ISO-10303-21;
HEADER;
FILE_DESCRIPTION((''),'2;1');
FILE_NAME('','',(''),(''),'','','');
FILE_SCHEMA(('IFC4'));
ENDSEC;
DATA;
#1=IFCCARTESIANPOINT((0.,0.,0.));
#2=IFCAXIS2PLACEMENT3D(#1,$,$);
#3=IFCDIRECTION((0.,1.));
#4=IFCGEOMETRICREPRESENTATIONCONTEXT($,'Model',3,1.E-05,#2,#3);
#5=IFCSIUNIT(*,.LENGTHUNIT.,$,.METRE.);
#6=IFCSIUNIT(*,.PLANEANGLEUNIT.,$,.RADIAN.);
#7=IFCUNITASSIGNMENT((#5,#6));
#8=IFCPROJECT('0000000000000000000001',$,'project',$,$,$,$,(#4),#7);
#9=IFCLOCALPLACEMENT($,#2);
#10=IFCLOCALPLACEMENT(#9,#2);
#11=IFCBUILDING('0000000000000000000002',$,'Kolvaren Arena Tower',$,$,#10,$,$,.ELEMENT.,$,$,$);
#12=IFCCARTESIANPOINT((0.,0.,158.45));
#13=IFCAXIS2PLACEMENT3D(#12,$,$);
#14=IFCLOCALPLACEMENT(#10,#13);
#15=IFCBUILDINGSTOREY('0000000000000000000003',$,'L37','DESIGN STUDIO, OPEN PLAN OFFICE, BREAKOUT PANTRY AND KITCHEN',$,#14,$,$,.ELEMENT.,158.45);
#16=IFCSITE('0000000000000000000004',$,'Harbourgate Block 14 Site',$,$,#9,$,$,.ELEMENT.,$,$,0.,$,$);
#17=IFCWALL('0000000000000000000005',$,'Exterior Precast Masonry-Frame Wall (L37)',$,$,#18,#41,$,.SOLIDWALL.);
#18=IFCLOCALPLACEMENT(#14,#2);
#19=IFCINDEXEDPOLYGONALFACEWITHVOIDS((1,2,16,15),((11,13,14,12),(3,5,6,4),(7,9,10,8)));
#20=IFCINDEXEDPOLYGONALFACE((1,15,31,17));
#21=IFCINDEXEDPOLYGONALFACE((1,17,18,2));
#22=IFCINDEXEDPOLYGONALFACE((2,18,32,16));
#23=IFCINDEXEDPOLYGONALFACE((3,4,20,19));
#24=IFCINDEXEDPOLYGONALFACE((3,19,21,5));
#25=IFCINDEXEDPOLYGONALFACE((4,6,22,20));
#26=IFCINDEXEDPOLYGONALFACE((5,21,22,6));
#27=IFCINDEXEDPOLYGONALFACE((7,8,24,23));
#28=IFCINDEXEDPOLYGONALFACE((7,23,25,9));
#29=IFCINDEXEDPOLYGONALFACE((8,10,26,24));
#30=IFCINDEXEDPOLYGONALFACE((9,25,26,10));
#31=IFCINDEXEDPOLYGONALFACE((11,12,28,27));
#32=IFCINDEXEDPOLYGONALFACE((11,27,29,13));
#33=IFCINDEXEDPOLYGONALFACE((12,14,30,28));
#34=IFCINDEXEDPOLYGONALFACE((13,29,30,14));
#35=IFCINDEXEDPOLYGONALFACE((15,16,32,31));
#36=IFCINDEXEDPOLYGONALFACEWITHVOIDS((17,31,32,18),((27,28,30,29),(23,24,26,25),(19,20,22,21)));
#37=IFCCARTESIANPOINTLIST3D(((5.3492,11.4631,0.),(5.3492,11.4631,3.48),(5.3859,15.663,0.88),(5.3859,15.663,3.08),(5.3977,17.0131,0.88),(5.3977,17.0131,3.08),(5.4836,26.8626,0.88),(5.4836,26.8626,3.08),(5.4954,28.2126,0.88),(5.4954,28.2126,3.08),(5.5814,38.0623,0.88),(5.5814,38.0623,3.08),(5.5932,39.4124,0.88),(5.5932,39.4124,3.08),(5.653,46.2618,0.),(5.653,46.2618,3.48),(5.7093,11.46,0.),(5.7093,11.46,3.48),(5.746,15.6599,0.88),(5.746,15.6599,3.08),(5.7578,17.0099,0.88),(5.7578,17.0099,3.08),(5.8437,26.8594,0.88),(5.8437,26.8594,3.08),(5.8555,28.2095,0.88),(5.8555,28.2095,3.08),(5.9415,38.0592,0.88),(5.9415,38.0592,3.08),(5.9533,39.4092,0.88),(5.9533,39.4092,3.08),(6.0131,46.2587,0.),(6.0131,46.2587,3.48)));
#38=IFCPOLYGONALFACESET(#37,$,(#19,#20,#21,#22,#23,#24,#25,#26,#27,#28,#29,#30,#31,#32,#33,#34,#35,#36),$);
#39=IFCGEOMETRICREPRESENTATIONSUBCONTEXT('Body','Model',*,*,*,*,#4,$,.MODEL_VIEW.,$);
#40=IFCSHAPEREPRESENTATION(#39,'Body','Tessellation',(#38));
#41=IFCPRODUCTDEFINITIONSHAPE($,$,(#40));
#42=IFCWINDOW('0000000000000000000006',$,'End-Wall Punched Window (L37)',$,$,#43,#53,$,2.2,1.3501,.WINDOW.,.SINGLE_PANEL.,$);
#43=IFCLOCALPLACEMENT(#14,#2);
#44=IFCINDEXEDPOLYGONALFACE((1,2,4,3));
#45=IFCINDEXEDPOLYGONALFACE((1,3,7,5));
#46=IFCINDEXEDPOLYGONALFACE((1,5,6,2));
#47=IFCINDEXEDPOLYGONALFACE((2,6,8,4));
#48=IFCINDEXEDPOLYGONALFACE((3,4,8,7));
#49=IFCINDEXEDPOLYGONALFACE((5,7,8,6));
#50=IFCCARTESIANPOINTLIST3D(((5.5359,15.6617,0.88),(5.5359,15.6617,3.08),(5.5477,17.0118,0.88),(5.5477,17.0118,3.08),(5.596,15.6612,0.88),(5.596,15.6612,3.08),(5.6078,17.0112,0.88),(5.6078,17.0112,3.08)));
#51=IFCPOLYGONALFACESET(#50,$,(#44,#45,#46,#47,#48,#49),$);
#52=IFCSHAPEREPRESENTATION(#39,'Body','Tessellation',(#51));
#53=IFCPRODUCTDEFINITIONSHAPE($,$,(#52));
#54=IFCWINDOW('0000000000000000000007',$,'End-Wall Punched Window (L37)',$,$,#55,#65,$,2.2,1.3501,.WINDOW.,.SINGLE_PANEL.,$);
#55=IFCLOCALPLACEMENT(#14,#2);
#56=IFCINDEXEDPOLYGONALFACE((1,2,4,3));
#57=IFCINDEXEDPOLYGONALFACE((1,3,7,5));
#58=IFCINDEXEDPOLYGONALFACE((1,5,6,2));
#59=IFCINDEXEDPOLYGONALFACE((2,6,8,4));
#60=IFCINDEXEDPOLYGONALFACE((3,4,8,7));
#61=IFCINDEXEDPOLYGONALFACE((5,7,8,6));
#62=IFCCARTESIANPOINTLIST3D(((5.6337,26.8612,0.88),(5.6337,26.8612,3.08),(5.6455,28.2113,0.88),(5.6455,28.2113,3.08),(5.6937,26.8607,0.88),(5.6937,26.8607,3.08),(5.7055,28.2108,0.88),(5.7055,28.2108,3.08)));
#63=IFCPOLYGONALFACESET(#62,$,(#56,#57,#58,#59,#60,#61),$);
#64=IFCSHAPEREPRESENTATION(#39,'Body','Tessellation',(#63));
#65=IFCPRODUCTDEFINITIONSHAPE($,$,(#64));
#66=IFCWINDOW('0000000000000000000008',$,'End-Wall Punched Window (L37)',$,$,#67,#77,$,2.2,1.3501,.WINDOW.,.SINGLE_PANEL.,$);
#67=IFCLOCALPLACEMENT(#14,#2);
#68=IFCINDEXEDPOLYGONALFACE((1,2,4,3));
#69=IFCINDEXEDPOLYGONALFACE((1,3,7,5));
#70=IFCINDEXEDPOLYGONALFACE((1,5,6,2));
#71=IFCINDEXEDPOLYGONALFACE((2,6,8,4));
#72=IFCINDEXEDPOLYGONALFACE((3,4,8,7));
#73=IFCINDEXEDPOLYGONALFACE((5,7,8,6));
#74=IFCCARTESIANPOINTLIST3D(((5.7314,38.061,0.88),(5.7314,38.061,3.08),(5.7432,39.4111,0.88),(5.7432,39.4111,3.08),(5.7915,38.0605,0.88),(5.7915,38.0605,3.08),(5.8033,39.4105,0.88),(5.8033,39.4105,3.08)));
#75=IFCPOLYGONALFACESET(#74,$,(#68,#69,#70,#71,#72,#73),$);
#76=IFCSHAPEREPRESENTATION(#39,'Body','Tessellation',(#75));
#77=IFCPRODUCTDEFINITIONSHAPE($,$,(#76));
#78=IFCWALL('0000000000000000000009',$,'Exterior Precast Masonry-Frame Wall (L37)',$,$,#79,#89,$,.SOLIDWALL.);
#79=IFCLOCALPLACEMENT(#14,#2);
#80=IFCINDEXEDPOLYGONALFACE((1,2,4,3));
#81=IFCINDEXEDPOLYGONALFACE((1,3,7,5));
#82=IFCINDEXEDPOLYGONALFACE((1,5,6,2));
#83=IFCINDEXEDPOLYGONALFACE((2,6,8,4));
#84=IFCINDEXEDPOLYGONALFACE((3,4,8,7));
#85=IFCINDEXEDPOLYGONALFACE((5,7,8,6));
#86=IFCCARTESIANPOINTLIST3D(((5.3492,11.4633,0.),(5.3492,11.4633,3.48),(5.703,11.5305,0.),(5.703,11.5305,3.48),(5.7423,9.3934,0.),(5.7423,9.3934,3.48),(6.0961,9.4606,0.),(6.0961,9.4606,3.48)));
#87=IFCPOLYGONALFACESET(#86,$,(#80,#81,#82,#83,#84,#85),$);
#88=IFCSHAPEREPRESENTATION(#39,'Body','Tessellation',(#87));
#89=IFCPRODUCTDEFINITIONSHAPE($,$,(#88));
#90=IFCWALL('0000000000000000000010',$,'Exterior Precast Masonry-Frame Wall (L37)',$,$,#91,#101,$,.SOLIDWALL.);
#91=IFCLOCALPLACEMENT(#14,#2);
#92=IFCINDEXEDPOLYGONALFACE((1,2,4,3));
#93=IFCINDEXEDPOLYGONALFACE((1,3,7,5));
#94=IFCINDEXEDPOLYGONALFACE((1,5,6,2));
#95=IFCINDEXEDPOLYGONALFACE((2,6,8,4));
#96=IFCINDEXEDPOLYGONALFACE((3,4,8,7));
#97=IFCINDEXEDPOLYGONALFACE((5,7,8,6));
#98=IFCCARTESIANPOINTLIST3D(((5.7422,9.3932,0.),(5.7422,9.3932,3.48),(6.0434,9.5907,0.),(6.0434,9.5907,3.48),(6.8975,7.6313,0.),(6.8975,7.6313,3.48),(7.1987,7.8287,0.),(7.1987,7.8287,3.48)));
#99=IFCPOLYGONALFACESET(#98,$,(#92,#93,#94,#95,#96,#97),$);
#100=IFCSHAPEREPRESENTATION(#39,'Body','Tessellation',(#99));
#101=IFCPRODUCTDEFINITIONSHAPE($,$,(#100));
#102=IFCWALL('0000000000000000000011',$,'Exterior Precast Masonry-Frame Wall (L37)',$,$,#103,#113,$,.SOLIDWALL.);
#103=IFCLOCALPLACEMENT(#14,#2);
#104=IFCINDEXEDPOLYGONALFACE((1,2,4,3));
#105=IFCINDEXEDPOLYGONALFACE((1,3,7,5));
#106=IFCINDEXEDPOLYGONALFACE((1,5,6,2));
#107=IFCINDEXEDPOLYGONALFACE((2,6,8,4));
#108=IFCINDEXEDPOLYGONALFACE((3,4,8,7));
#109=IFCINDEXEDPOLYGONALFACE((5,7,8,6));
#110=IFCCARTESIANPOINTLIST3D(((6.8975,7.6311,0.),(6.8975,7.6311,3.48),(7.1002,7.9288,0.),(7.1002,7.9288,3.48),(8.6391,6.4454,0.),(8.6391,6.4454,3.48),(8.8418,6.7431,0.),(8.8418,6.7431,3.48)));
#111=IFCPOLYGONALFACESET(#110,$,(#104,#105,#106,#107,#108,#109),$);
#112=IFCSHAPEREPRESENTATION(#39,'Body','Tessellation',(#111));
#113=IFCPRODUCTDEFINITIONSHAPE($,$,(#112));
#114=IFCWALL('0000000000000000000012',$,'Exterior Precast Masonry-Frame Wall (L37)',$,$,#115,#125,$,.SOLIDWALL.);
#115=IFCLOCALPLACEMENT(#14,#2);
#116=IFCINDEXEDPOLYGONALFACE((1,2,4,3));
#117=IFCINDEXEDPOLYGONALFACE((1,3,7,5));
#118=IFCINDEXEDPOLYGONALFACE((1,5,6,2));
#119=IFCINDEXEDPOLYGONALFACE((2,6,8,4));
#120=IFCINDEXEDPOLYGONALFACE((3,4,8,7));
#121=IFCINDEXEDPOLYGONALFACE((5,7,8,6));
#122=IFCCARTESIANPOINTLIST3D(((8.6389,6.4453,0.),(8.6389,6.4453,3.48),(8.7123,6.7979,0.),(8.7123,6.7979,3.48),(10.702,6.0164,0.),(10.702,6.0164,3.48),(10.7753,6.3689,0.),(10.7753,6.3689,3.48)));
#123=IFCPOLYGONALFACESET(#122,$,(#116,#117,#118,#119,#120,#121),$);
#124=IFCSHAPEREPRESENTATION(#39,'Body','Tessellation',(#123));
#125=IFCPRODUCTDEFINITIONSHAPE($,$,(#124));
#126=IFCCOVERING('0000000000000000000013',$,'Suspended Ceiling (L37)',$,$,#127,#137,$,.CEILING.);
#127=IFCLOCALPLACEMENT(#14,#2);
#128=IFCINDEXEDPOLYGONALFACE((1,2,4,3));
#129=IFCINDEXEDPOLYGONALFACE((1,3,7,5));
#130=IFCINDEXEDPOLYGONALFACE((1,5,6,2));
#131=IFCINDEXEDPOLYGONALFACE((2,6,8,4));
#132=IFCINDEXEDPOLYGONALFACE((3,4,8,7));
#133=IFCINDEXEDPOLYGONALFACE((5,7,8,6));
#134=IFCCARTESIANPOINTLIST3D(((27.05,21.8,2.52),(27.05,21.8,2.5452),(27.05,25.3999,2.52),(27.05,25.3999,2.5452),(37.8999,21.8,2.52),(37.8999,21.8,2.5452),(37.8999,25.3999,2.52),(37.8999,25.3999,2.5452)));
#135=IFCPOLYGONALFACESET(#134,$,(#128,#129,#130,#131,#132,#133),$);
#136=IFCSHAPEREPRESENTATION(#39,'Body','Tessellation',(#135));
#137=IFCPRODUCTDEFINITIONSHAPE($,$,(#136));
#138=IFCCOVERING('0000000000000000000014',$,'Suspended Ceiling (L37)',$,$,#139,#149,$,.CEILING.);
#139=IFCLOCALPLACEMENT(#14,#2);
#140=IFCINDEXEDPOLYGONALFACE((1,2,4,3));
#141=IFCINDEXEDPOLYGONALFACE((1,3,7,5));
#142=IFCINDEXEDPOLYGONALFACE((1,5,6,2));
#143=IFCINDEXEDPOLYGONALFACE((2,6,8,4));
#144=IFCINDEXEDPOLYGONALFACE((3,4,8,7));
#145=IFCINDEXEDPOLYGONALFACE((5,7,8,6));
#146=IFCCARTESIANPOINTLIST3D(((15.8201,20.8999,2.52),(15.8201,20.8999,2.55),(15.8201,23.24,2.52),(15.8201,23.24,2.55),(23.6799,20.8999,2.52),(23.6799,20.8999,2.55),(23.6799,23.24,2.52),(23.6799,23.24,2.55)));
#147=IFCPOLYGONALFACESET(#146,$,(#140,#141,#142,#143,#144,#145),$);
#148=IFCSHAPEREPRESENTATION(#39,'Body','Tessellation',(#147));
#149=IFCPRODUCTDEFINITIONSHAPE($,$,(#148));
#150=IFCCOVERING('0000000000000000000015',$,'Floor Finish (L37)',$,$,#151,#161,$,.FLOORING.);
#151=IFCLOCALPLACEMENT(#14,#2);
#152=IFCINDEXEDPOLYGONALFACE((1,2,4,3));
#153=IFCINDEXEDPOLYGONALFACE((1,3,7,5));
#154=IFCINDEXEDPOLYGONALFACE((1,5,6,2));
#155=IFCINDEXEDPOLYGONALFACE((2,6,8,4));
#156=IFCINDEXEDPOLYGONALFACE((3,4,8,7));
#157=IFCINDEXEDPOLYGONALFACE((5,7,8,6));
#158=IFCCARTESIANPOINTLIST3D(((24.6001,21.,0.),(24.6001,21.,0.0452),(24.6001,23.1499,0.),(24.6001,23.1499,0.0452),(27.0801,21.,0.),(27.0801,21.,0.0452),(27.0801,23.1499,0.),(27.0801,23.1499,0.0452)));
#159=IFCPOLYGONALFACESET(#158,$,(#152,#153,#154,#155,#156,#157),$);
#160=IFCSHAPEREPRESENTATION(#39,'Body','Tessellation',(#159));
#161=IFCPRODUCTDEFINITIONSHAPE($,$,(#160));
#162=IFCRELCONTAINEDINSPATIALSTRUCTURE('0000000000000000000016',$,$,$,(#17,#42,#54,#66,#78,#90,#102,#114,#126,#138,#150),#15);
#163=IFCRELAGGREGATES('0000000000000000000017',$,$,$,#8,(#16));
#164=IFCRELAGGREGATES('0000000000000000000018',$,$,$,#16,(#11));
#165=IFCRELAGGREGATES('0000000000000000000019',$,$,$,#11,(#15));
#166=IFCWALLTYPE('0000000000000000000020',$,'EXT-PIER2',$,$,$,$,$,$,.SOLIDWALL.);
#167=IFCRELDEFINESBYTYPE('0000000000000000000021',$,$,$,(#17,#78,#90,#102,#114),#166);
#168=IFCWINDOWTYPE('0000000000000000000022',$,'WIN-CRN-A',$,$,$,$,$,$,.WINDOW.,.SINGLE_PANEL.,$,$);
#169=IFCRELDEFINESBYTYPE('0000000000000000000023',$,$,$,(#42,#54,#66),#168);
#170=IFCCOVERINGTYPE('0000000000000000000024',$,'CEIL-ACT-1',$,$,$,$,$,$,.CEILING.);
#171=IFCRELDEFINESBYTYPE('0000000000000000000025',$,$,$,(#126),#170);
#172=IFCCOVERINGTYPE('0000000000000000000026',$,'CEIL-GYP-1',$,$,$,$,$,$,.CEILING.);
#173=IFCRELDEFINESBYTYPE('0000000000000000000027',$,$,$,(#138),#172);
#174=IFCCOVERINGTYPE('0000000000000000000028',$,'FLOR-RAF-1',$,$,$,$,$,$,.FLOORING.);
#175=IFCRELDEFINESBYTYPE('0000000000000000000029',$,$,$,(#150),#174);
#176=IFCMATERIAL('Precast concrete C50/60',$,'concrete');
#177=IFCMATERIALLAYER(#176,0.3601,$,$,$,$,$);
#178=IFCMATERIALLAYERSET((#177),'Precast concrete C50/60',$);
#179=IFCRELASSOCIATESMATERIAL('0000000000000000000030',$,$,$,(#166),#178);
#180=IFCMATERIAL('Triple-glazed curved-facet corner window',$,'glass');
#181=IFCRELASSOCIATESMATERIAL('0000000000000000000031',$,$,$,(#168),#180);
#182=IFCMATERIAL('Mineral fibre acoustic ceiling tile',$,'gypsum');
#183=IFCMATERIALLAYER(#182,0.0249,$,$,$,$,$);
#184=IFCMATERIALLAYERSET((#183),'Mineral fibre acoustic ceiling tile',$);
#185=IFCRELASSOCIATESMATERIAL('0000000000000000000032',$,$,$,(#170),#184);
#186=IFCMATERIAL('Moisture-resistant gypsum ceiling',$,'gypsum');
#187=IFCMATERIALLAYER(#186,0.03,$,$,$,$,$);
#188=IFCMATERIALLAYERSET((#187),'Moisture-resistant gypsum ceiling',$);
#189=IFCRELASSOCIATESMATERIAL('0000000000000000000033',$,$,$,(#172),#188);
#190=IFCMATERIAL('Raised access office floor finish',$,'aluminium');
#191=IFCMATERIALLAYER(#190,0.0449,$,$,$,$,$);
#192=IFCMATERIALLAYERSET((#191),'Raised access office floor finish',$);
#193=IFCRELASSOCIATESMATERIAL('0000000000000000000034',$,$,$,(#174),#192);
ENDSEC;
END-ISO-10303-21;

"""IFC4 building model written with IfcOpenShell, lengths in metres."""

from ifc_helpers import new_model, si_unit, direction, frame, frame_2d, origin, place, context, subcontext, project, spatial, polyline, rectangle, outline, extrude, material, layer, layer_set, type_object, element, fill, save


model = new_model("IFC4")

# Units and contexts
model_context = context("Model", 3, precision=1e-05, world=origin(), true_north=direction((0.0, 1.0)))
body_context = subcontext(model_context, "Body", "Model", "MODEL_VIEW")
ifc_project = project(units=[si_unit("LENGTHUNIT", "METRE"), si_unit("PLANEANGLEUNIT", "RADIAN")], contexts=[model_context])

# Site, building, storey
site_placement = place(None, origin())
site = spatial("IfcSite", under=ifc_project, at=site_placement, Name="Harbourgate Block 14 Site", CompositionType="ELEMENT", RefElevation=0.0)
building_placement = place(site_placement, origin())
building = spatial("IfcBuilding", under=site, at=building_placement, Name="Kolvaren Arena Tower", CompositionType="ELEMENT")
storey_placement = place(building_placement, frame((0.0, 0.0, 158.45)))
storey = spatial("IfcBuildingStorey", under=building, at=storey_placement, Name="L37", Description="DESIGN STUDIO, OPEN PLAN OFFICE, BREAKOUT PANTRY AND KITCHEN", CompositionType="ELEMENT", Elevation=158.45)

# Wall, openings, windows
ifc_material_1 = material(Name="Precast concrete C50/60", Category="concrete")
ifc_layer_1 = layer(ifc_material_1, 0.3601)
ifc_layer_set_1 = layer_set([ifc_layer_1], Name="Precast concrete C50/60")
wall_type = type_object("IfcWallType", Name="EXT-PIER2", PredefinedType="SOLIDWALL", material=ifc_layer_set_1)
wall_1_placement = place(storey_placement, frame((5.5293, 11.4617, 0.0), z_axis=(0.0, 0.0, 1.0), x_axis=(0.008727, 0.999962, 0.0)))
wall_1 = element("IfcWall", 1, at=wall_1_placement, inside=storey, type_object=wall_type, Name="Exterior Precast Masonry-Frame Wall (L37)", PredefinedType="SOLIDWALL", context=body_context, shape_type="SweptSolid", body=[
    extrude(rectangle(XDim=34.8, YDim=0.3601, at=frame_2d((17.3999, 0.0))), origin(), (0.0, 0.0, 1.0), 3.48),
])
opening_1_placement = place(wall_1_placement, frame((4.2, 0.0, 0.8799)))
opening_1 = element("IfcOpeningElement", 2, at=opening_1_placement, cuts=wall_1, PredefinedType="OPENING", context=body_context, shape_type="SweptSolid", body=[
    extrude(rectangle(XDim=1.3501, YDim=2.2, at=frame_2d((0.675, 1.1001))), frame((0.0, 0.1899, 0.0), z_axis=(0.0, -1.0, 0.0), x_axis=(1.0, 0.0, 0.0)), (0.0, 0.0, 1.0), 0.3801),
])
opening_2_placement = place(wall_1_placement, frame((15.3999, 0.0, 0.8799)))
opening_2 = element("IfcOpeningElement", 3, at=opening_2_placement, cuts=wall_1, PredefinedType="OPENING", context=body_context, shape_type="SweptSolid", body=[
    extrude(rectangle(XDim=1.3501, YDim=2.2, at=frame_2d((0.675, 1.1001))), frame((0.0, 0.1899, 0.0), z_axis=(0.0, -1.0, 0.0), x_axis=(1.0, 0.0, 0.0)), (0.0, 0.0, 1.0), 0.3801),
])
opening_3_placement = place(wall_1_placement, frame((26.6001, 0.0, 0.8799)))
opening_3 = element("IfcOpeningElement", 4, at=opening_3_placement, cuts=wall_1, PredefinedType="OPENING", context=body_context, shape_type="SweptSolid", body=[
    extrude(rectangle(XDim=1.3501, YDim=2.2, at=frame_2d((0.675, 1.1001))), frame((0.0, 0.1899, 0.0), z_axis=(0.0, -1.0, 0.0), x_axis=(1.0, 0.0, 0.0)), (0.0, 0.0, 1.0), 0.3801),
])
ifc_material_2 = material(Name="Triple-glazed curved-facet corner window", Category="glass")
window_type = type_object("IfcWindowType", Name="WIN-CRN-A", PartitioningType="SINGLE_PANEL", PredefinedType="WINDOW", material=ifc_material_2)
window_1_placement = place(opening_1_placement, origin())
window_1 = element("IfcWindow", 5, at=window_1_placement, inside=storey, type_object=window_type, Name="End-Wall Punched Window (L37)", OverallHeight=2.2, OverallWidth=1.3501, PartitioningType="SINGLE_PANEL", PredefinedType="WINDOW", context=body_context, shape_type="SweptSolid", body=[
    extrude(rectangle(XDim=1.3501, YDim=2.2, at=frame_2d((0.675, 1.1001))), frame((0.0, 0.03, 0.0), z_axis=(0.0, -1.0, 0.0), x_axis=(1.0, 0.0, 0.0)), (0.0, 0.0, 1.0), 0.0601),
])
fill(opening_1, window_1)
window_2_placement = place(opening_2_placement, origin())
window_2 = element("IfcWindow", 6, at=window_2_placement, inside=storey, type_object=window_type, Name="End-Wall Punched Window (L37)", OverallHeight=2.2, OverallWidth=1.3501, PartitioningType="SINGLE_PANEL", PredefinedType="WINDOW", context=body_context, shape_type="SweptSolid", body=[
    extrude(rectangle(XDim=1.3501, YDim=2.2, at=frame_2d((0.675, 1.1001))), frame((0.0, 0.03, 0.0), z_axis=(0.0, -1.0, 0.0), x_axis=(1.0, 0.0, 0.0)), (0.0, 0.0, 1.0), 0.0601),
])
fill(opening_2, window_2)
window_3_placement = place(opening_3_placement, origin())
window_3 = element("IfcWindow", 7, at=window_3_placement, inside=storey, type_object=window_type, Name="End-Wall Punched Window (L37)", OverallHeight=2.2, OverallWidth=1.3501, PartitioningType="SINGLE_PANEL", PredefinedType="WINDOW", context=body_context, shape_type="SweptSolid", body=[
    extrude(rectangle(XDim=1.3501, YDim=2.2, at=frame_2d((0.675, 1.1001))), frame((0.0, 0.03, 0.0), z_axis=(0.0, -1.0, 0.0), x_axis=(1.0, 0.0, 0.0)), (0.0, 0.0, 1.0), 0.0601),
])
fill(opening_3, window_3)

# Walls
for number, where, z_axis, x_axis, name in (
    (8, (5.9192, 9.427, 0.0), (0.0, 0.0, 1.0), (-0.186569, 0.982442, 0.0), "Exterior Precast Masonry-Frame Wall (L37)"),
    (9, (7.0481, 7.73, 0.0), (0.0, 0.0, 1.0), (-0.54832, 0.836269, 0.0), "Exterior Precast Masonry-Frame Wall (L37)"),
    (10, (8.7405, 6.5942, 0.0), (0.0, 0.0, 1.0), (-0.82661, 0.562776, 0.0), "Exterior Precast Masonry-Frame Wall (L37)"),
):
    element("IfcWall", number, at=place(storey_placement, frame(where, z_axis=z_axis, x_axis=x_axis)), inside=storey, type_object=wall_type, Name=name, PredefinedType="SOLIDWALL", context=body_context, shape_type="SweptSolid", body=[
        extrude(rectangle(XDim=2.1069, YDim=0.3601, at=frame_2d((1.0535, 0.0))), origin(), (0.0, 0.0, 1.0), 3.48),
    ])
wall_2_placement = place(storey_placement, frame((10.7388, 6.1926, 0.0), z_axis=(0.0, 0.0, 1.0), x_axis=(-0.979059, 0.203575, 0.0)))
element("IfcWall", 11, at=wall_2_placement, inside=storey, type_object=wall_type, Name="Exterior Precast Masonry-Frame Wall (L37)", PredefinedType="SOLIDWALL", context=body_context, shape_type="SweptSolid", body=[
    extrude(rectangle(XDim=2.1072, YDim=0.3601, at=frame_2d((1.0537, 0.0))), origin(), (0.0, 0.0, 1.0), 3.48),
])

# Coverings
ifc_material_3 = material(Name="Mineral fibre acoustic ceiling tile", Category="gypsum")
ifc_layer_2 = layer(ifc_material_3, 0.0249)
ifc_layer_set_2 = layer_set([ifc_layer_2], Name="Mineral fibre acoustic ceiling tile")
covering_type_1 = type_object("IfcCoveringType", Name="CEIL-ACT-1", PredefinedType="CEILING", material=ifc_layer_set_2)
covering_1_placement = place(storey_placement, frame((0.0, 0.0, 2.52)))
element("IfcCovering", 12, at=covering_1_placement, inside=storey, type_object=covering_type_1, Name="Suspended Ceiling (L37)", PredefinedType="CEILING", context=body_context, shape_type="SweptSolid", body=[
    extrude(outline(polyline([(27.05, 21.8), (27.05, 25.3999), (37.8999, 25.3999), (37.8999, 21.8), (27.05, 21.8)])), origin(), (0.0, 0.0, 1.0), 0.0251),
])
ifc_material_4 = material(Name="Moisture-resistant gypsum ceiling", Category="gypsum")
ifc_layer_3 = layer(ifc_material_4, 0.03)
ifc_layer_set_3 = layer_set([ifc_layer_3], Name="Moisture-resistant gypsum ceiling")
covering_type_2 = type_object("IfcCoveringType", Name="CEIL-GYP-1", PredefinedType="CEILING", material=ifc_layer_set_3)
covering_2_placement = place(storey_placement, frame((0.0, 0.0, 2.52)))
element("IfcCovering", 13, at=covering_2_placement, inside=storey, type_object=covering_type_2, Name="Suspended Ceiling (L37)", PredefinedType="CEILING", context=body_context, shape_type="SweptSolid", body=[
    extrude(outline(polyline([(15.8201, 20.8999), (15.8201, 23.24), (23.6799, 23.24), (23.6799, 20.8999), (15.8201, 20.8999)])), origin(), (0.0, 0.0, 1.0), 0.03),
])
ifc_material_5 = material(Name="Raised access office floor finish", Category="aluminium")
ifc_layer_4 = layer(ifc_material_5, 0.0449)
ifc_layer_set_4 = layer_set([ifc_layer_4], Name="Raised access office floor finish")
covering_type_3 = type_object("IfcCoveringType", Name="FLOR-RAF-1", PredefinedType="FLOORING", material=ifc_layer_set_4)
covering_3_placement = place(storey_placement, origin())
element("IfcCovering", 14, at=covering_3_placement, inside=storey, type_object=covering_type_3, Name="Floor Finish (L37)", PredefinedType="FLOORING", context=body_context, shape_type="SweptSolid", body=[
    extrude(outline(polyline([(24.6001, 21.0), (24.6001, 23.1499), (27.0801, 23.1499), (27.0801, 21.0), (24.6001, 21.0)])), origin(), (0.0, 0.0, 1.0), 0.0452),
])

save(model, "model.ifc")
